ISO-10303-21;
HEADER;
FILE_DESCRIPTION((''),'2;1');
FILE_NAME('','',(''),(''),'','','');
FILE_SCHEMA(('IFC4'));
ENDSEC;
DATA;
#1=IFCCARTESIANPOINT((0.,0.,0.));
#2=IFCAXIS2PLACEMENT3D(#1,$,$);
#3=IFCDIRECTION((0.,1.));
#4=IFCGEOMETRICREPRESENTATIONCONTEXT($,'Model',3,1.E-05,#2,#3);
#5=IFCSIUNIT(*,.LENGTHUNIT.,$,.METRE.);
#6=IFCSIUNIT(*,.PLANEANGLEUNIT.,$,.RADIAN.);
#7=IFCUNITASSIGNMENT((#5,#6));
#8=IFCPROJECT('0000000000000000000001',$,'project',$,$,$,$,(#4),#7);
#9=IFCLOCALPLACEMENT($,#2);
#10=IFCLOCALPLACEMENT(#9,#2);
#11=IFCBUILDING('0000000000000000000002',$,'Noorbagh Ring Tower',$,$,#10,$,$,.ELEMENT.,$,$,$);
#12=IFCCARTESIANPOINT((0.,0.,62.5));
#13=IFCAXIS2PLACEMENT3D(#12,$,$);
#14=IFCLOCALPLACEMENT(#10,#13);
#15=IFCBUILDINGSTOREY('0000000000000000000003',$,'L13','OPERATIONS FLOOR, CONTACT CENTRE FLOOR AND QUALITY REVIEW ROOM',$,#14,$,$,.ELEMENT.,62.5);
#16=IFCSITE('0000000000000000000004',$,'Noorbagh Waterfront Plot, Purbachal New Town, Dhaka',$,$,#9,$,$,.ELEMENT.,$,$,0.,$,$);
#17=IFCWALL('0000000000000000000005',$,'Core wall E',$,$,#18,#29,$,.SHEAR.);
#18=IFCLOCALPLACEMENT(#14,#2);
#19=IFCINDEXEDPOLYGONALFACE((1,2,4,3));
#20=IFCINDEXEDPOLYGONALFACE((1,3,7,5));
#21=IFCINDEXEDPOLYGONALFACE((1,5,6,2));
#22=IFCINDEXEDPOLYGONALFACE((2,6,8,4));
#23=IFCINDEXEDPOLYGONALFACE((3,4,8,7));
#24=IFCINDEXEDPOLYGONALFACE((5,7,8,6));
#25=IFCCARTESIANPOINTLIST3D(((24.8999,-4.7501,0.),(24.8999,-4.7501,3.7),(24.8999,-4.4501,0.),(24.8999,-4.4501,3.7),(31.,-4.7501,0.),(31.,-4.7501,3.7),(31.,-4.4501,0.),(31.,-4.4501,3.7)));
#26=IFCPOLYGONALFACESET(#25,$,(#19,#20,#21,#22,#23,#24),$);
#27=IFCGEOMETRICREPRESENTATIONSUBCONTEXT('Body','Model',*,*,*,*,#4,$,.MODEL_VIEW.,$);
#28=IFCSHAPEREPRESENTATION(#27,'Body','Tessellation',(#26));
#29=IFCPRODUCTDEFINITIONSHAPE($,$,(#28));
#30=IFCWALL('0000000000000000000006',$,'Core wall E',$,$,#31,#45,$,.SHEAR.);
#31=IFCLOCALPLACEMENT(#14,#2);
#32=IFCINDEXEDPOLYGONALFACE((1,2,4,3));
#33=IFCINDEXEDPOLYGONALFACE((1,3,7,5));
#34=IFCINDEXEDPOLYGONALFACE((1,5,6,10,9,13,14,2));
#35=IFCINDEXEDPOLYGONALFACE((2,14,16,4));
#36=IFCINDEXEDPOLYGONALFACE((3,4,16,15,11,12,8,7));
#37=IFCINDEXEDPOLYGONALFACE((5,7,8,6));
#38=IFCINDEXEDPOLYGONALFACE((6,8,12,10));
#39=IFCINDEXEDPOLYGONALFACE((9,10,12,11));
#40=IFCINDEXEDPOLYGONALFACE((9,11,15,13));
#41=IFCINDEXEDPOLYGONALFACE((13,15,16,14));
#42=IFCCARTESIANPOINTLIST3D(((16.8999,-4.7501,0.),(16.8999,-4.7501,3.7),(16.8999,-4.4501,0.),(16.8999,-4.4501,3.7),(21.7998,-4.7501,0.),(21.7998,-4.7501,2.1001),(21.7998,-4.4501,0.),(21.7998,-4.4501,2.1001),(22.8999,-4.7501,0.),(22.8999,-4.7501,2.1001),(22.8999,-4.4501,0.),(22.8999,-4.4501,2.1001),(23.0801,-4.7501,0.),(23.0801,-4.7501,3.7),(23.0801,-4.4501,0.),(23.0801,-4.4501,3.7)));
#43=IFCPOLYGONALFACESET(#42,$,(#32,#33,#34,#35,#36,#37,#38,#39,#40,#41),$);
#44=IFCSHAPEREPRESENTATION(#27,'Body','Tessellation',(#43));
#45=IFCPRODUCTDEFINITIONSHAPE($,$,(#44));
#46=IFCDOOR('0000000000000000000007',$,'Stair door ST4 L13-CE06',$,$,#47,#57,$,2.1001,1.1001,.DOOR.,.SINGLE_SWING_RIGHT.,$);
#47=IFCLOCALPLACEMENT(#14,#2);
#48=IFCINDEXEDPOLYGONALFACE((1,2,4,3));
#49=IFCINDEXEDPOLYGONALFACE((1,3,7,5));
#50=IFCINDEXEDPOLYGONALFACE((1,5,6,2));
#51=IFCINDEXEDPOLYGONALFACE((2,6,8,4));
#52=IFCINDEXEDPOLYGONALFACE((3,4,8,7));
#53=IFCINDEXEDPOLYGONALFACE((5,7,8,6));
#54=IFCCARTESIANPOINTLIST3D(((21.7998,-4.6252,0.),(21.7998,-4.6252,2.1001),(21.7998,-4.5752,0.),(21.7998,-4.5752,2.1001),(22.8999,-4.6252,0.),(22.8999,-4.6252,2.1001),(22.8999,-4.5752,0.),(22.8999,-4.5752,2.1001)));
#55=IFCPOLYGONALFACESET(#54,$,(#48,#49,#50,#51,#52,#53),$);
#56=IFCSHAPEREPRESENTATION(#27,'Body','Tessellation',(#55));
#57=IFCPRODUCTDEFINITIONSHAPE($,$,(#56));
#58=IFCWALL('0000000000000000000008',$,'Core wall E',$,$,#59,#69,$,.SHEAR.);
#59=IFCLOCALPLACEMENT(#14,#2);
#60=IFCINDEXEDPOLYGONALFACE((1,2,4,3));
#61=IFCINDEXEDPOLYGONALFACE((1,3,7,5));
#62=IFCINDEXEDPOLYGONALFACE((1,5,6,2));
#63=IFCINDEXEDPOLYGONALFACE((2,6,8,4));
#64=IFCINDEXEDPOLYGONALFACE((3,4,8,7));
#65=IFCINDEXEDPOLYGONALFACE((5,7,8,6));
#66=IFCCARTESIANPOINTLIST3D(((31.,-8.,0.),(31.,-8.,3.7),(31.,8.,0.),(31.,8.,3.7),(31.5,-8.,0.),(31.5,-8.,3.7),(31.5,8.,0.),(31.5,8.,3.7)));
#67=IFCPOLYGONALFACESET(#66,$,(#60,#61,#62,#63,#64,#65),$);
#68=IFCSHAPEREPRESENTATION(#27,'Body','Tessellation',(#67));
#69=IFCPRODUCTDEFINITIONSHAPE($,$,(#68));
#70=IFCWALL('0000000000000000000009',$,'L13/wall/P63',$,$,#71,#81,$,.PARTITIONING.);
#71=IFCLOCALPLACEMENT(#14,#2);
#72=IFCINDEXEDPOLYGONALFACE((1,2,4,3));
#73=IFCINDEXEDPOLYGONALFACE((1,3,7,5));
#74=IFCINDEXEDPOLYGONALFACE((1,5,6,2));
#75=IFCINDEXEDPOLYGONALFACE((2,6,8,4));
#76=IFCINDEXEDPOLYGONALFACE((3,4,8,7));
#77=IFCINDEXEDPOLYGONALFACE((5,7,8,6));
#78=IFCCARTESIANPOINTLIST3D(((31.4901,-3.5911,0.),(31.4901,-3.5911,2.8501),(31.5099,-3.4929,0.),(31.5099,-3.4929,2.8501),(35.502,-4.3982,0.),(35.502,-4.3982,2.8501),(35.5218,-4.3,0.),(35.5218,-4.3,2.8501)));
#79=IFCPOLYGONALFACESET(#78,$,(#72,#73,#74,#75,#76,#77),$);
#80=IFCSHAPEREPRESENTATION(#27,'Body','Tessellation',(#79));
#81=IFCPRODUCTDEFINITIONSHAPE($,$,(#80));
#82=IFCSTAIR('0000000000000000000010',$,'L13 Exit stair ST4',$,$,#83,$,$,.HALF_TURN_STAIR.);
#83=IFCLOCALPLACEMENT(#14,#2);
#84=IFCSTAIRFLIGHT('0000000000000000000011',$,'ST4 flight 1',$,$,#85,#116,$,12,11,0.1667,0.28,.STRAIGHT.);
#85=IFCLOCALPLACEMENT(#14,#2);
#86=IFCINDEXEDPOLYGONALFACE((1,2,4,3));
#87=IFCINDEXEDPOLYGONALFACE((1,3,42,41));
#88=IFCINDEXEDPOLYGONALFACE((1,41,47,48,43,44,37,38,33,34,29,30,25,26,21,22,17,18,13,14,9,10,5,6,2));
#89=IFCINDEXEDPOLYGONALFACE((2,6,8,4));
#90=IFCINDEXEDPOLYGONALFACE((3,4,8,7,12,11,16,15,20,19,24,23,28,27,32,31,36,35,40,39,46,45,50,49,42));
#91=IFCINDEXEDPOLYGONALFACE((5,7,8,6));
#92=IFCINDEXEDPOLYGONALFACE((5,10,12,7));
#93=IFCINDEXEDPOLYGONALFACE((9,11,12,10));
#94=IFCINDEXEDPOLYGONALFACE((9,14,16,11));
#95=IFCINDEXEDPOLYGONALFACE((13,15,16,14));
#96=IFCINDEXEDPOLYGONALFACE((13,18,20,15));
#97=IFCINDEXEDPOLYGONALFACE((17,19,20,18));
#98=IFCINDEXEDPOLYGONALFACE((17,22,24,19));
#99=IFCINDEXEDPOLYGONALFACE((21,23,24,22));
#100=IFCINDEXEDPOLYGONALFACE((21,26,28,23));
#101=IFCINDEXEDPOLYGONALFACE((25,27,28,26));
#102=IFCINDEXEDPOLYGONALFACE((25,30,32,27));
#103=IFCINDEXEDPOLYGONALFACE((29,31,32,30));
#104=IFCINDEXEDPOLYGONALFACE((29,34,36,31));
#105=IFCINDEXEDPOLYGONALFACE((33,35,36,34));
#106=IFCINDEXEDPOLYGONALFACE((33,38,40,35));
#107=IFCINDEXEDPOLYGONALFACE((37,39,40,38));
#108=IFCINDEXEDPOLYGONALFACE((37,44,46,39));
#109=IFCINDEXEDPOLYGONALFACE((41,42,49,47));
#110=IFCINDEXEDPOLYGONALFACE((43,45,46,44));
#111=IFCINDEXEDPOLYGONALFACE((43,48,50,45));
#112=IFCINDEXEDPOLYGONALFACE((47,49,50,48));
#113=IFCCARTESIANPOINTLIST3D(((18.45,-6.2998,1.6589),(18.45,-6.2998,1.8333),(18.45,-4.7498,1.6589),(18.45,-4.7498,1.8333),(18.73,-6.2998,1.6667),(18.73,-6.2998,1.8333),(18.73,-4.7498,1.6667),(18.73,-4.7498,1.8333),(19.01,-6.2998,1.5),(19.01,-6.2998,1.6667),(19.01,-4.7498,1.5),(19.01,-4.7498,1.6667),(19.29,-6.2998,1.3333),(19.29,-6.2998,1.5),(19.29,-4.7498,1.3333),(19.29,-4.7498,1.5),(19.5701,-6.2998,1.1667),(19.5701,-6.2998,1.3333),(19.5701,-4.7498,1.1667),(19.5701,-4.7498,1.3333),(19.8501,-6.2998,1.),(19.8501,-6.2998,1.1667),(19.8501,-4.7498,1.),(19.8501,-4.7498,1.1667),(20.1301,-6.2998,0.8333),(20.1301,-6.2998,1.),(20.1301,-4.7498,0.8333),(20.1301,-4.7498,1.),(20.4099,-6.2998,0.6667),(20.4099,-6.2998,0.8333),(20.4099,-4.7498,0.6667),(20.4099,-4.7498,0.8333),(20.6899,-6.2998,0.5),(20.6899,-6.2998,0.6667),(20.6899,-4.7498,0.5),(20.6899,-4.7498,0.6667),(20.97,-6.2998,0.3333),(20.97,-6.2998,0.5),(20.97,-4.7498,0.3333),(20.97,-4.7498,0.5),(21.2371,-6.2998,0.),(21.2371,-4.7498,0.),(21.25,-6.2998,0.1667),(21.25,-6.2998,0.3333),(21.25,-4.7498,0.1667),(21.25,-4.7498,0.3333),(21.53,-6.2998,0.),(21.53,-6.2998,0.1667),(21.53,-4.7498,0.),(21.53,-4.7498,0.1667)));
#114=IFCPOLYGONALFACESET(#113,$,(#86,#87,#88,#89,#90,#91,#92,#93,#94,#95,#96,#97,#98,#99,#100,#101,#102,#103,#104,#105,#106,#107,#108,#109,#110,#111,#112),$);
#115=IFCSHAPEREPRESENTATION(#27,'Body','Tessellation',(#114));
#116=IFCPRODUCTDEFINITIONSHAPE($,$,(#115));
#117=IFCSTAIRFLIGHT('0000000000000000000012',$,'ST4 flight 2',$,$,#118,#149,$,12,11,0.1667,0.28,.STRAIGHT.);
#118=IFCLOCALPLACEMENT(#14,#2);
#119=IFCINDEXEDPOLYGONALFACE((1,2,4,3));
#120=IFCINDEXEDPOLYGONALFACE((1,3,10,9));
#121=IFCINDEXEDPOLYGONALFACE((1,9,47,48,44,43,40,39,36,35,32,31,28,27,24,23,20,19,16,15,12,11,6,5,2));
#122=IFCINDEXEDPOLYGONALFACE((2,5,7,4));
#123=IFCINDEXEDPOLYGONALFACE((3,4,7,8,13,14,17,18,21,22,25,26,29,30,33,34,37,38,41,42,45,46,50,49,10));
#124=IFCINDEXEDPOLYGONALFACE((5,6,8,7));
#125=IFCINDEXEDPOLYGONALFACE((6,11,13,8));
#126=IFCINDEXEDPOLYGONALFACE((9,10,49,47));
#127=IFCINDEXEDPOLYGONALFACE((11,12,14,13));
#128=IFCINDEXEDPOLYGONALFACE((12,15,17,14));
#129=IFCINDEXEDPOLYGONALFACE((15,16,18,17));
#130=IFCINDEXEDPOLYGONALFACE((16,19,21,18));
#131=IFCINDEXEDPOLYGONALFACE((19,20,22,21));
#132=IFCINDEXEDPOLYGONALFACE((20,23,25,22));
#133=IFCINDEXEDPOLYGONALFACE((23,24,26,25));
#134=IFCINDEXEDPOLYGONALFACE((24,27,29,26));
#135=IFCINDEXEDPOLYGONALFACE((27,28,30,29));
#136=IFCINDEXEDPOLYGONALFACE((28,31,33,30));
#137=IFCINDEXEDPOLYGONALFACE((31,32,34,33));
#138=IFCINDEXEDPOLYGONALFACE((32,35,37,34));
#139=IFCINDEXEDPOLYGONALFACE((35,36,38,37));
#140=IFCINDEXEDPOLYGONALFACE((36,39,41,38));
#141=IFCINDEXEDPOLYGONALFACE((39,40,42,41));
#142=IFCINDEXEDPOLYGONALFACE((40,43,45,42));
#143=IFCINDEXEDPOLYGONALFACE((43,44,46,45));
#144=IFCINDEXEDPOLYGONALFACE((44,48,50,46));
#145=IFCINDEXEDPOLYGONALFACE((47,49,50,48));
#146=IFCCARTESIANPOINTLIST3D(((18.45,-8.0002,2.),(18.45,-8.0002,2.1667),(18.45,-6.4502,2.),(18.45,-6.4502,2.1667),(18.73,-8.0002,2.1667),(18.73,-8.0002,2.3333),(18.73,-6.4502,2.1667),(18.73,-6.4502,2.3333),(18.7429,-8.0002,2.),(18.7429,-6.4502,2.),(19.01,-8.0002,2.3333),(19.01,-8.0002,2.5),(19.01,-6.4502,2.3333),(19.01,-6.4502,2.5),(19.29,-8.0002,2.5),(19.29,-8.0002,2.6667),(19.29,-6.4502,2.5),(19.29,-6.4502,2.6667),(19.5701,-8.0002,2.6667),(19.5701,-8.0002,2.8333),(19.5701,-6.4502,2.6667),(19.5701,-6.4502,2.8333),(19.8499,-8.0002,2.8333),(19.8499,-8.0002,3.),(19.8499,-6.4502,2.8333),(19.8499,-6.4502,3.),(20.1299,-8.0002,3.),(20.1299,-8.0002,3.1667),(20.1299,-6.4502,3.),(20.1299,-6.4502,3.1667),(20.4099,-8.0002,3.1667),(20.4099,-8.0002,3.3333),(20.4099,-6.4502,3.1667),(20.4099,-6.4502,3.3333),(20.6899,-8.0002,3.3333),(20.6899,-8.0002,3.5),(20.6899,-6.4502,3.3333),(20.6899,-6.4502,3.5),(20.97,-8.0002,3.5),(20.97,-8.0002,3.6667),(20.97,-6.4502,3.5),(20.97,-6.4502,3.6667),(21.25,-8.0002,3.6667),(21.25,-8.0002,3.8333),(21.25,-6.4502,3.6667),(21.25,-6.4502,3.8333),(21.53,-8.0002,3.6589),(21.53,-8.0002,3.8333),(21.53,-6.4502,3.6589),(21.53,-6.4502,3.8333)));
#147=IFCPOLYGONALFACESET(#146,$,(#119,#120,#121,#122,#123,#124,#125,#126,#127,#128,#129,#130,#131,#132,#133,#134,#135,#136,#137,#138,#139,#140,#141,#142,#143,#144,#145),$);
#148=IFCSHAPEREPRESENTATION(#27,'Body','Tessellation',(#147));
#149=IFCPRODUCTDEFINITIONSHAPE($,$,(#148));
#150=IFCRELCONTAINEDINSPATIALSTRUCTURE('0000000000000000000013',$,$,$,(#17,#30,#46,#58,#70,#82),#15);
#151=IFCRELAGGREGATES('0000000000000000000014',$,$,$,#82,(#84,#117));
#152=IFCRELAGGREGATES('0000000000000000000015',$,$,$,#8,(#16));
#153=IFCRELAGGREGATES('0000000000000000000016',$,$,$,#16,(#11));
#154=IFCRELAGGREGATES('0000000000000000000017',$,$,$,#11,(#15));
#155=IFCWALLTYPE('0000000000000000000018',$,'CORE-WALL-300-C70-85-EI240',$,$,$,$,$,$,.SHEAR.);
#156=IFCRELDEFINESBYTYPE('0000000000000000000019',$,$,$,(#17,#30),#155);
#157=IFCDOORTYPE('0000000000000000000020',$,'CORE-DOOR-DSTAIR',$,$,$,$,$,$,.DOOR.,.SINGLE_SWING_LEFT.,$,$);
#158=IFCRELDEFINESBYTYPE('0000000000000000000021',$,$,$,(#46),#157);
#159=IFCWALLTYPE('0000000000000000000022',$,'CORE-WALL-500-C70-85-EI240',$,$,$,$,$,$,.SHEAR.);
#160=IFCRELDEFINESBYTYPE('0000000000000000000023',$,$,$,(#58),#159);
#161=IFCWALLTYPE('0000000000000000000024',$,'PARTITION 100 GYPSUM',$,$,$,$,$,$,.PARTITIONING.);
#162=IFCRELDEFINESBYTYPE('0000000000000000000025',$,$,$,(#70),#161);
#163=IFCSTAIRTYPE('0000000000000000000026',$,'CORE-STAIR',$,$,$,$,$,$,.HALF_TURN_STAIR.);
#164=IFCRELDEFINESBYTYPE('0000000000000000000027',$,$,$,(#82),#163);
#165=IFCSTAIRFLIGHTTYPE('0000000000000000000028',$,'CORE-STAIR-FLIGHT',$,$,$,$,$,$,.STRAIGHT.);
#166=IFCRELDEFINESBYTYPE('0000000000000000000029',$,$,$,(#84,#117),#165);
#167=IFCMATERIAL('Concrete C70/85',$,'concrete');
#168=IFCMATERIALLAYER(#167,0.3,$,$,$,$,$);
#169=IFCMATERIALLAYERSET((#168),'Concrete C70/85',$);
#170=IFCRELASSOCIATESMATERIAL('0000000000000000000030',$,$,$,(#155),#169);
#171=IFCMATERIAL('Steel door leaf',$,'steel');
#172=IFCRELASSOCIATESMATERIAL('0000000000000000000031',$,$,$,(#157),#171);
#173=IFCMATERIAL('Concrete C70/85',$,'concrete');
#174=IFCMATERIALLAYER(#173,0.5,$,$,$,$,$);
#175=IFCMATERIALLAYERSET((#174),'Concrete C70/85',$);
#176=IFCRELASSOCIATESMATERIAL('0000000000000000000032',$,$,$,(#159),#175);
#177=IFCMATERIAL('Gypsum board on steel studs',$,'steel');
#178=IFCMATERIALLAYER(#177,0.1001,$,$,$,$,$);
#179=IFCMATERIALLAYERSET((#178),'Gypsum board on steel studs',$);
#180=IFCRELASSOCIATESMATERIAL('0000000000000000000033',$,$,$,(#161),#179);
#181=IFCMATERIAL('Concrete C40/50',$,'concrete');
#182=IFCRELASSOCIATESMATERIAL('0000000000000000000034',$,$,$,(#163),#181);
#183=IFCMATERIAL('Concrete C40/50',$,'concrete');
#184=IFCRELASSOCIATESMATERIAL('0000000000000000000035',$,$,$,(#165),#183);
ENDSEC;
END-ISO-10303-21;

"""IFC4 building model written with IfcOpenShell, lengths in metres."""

from ifc_helpers import new_model, si_unit, direction, frame, frame_2d, origin, place, context, subcontext, project, spatial, polyline, rectangle, outline, extrude, material, layer, layer_set, type_object, element, fill, aggregate, save


model = new_model("IFC4")

# Units and contexts
model_context = context("Model", 3, precision=1e-05, world=origin(), true_north=direction((0.0, 1.0)))
body_context = subcontext(model_context, "Body", "Model", "MODEL_VIEW")
ifc_project = project(units=[si_unit("LENGTHUNIT", "METRE"), si_unit("PLANEANGLEUNIT", "RADIAN")], contexts=[model_context])

# Site, building, storey
site_placement = place(None, origin())
site = spatial("IfcSite", under=ifc_project, at=site_placement, Name="Noorbagh Waterfront Plot, Purbachal New Town, Dhaka", CompositionType="ELEMENT", RefElevation=0.0)
building_placement = place(site_placement, origin())
building = spatial("IfcBuilding", under=site, at=building_placement, Name="Noorbagh Ring Tower", CompositionType="ELEMENT")
storey_placement = place(building_placement, frame((0.0, 0.0, 62.5)))
storey = spatial("IfcBuildingStorey", under=building, at=storey_placement, Name="L13", Description="OPERATIONS FLOOR, CONTACT CENTRE FLOOR AND QUALITY REVIEW ROOM", CompositionType="ELEMENT", Elevation=62.5)

# Wall
ifc_material_1 = material(Name="Concrete C70/85", Category="concrete")
ifc_layer_1 = layer(ifc_material_1, 0.3)
ifc_layer_set_1 = layer_set([ifc_layer_1], Name="Concrete C70/85")
wall_type_1 = type_object("IfcWallType", Name="CORE-WALL-300-C70-85-EI240", PredefinedType="SHEAR", material=ifc_layer_set_1)
wall_1_placement = place(storey_placement, frame((24.8999, -4.6001, 0.0), z_axis=(0.0, 0.0, 1.0), x_axis=(1.0, 0.0, 0.0)))
element("IfcWall", 1, at=wall_1_placement, inside=storey, type_object=wall_type_1, Name="Core wall E", PredefinedType="SHEAR", context=body_context, shape_type="SweptSolid", body=[
    extrude(rectangle(XDim=6.1001, YDim=0.3, at=frame_2d((3.05, 0.0))), origin(), (0.0, 0.0, 1.0), 3.7),
])

# Wall, opening, door
wall_2_placement = place(storey_placement, frame((16.8999, -4.6001, 0.0), z_axis=(0.0, 0.0, 1.0), x_axis=(1.0, 0.0, 0.0)))
wall_2 = element("IfcWall", 2, at=wall_2_placement, inside=storey, type_object=wall_type_1, Name="Core wall E", PredefinedType="SHEAR", context=body_context, shape_type="SweptSolid", body=[
    extrude(rectangle(XDim=6.1802, YDim=0.3, at=frame_2d((3.0901, 0.0))), origin(), (0.0, 0.0, 1.0), 3.7),
])
opening_1_placement = place(wall_2_placement, frame((4.8999, 0.0, 0.0)))
opening_1 = element("IfcOpeningElement", 3, at=opening_1_placement, cuts=wall_2, PredefinedType="OPENING", context=body_context, shape_type="SweptSolid", body=[
    extrude(rectangle(XDim=1.1001, YDim=2.1001, at=frame_2d((0.55, 1.05))), frame((0.0, 0.1602, 0.0), z_axis=(0.0, -1.0, 0.0), x_axis=(1.0, 0.0, 0.0)), (0.0, 0.0, 1.0), 0.3201),
])
ifc_material_2 = material(Name="Steel door leaf", Category="steel")
door_type_1 = type_object("IfcDoorType", Name="CORE-DOOR-DSTAIR", OperationType="SINGLE_SWING_LEFT", PredefinedType="DOOR", material=ifc_material_2)
door_1_placement = place(opening_1_placement, origin())
door_1 = element("IfcDoor", 4, at=door_1_placement, inside=storey, type_object=door_type_1, Name="Stair door ST4 L13-CE06", OperationType="SINGLE_SWING_RIGHT", OverallHeight=2.1001, OverallWidth=1.1001, PredefinedType="DOOR", context=body_context, shape_type="SweptSolid", body=[
    extrude(rectangle(XDim=1.1001, YDim=2.1001, at=frame_2d((0.55, 1.05))), frame((0.0, 0.0249, 0.0), z_axis=(0.0, -1.0, 0.0), x_axis=(1.0, 0.0, 0.0)), (0.0, 0.0, 1.0), 0.05),
])
fill(opening_1, door_1)

# Walls
ifc_material_3 = material(Name="Concrete C70/85", Category="concrete")
ifc_layer_2 = layer(ifc_material_3, 0.5)
ifc_layer_set_2 = layer_set([ifc_layer_2], Name="Concrete C70/85")
wall_type_2 = type_object("IfcWallType", Name="CORE-WALL-500-C70-85-EI240", PredefinedType="SHEAR", material=ifc_layer_set_2)
wall_3_placement = place(storey_placement, frame((31.25, -8.0, 0.0), z_axis=(0.0, 0.0, 1.0), x_axis=(0.0, 1.0, 0.0)))
element("IfcWall", 5, at=wall_3_placement, inside=storey, type_object=wall_type_2, Name="Core wall E", PredefinedType="SHEAR", context=body_context, shape_type="SweptSolid", body=[
    extrude(rectangle(XDim=16.0, YDim=0.5, at=frame_2d((8.0, 0.0))), origin(), (0.0, 0.0, 1.0), 3.7),
])
ifc_material_4 = material(Name="Gypsum board on steel studs", Category="steel")
ifc_layer_3 = layer(ifc_material_4, 0.1001)
ifc_layer_set_3 = layer_set([ifc_layer_3], Name="Gypsum board on steel studs")
wall_type_3 = type_object("IfcWallType", Name="PARTITION 100 GYPSUM", PredefinedType="PARTITIONING", material=ifc_layer_set_3)
wall_4_placement = place(storey_placement, frame((31.5, -3.542, 0.0), z_axis=(0.0, 0.0, 1.0), x_axis=(0.980357, -0.197229, 0.0)))
element("IfcWall", 6, at=wall_4_placement, inside=storey, type_object=wall_type_3, Name="L13/wall/P63", PredefinedType="PARTITIONING", context=body_context, shape_type="SweptSolid", body=[
    extrude(rectangle(XDim=4.0923, YDim=0.1001, at=frame_2d((2.0461, 0.0))), origin(), (0.0, 0.0, 1.0), 2.8501),
])

# Stair, stair flights
ifc_material_5 = material(Name="Concrete C40/50", Category="concrete")
stair_type = type_object("IfcStairType", Name="CORE-STAIR", PredefinedType="HALF_TURN_STAIR", material=ifc_material_5)
stair_placement = place(storey_placement, origin())
stair = element("IfcStair", 7, at=stair_placement, inside=storey, type_object=stair_type, Name="L13 Exit stair ST4", PredefinedType="HALF_TURN_STAIR")
ifc_material_6 = material(Name="Concrete C40/50", Category="concrete")
stair_flight_type = type_object("IfcStairFlightType", Name="CORE-STAIR-FLIGHT", PredefinedType="STRAIGHT", material=ifc_material_6)
stair_flight_1_placement = place(storey_placement, frame((21.53, -5.5249, 0.0), z_axis=(0.0, 0.0, 1.0), x_axis=(-1.0, 0.0, 0.0)))
stair_flight_1 = element("IfcStairFlight", 8, at=stair_flight_1_placement, type_object=stair_flight_type, Name="ST4 flight 1", NumberOfRisers=12, NumberOfTreads=11, PredefinedType="STRAIGHT", RiserHeight=0.1667, TreadLength=0.28, context=body_context, shape_type="SweptSolid", body=[
    extrude(outline(polyline([(0.0, 0.0), (0.0, 0.1667), (0.28, 0.1667), (0.28, 0.3333), (0.5601, 0.3333), (0.5601, 0.5), (0.8401, 0.5), (0.8401, 0.6667), (1.1201, 0.6667), (1.1201, 0.8333), (1.3999, 0.8333), (1.3999, 1.0), (1.6799, 1.0), (1.6799, 1.1667), (1.96, 1.1667), (1.96, 1.3333), (2.24, 1.3333), (2.24, 1.5), (2.52, 1.5), (2.52, 1.6667), (2.8, 1.6667), (2.8, 1.8333), (3.0801, 1.8333), (3.0801, 2.0), (3.0801, 1.6589), (0.293, 0.0), (0.0, 0.0)])), frame((0.0, 0.7749, 0.0), z_axis=(0.0, -1.0, 0.0), x_axis=(1.0, 0.0, 0.0)), (0.0, 0.0, 1.0), 1.55),
])
stair_flight_2_placement = place(storey_placement, frame((18.45, -7.2251, 2.0), z_axis=(0.0, 0.0, 1.0), x_axis=(1.0, 0.0, 0.0)))
stair_flight_2 = element("IfcStairFlight", 9, at=stair_flight_2_placement, type_object=stair_flight_type, Name="ST4 flight 2", NumberOfRisers=12, NumberOfTreads=11, PredefinedType="STRAIGHT", RiserHeight=0.1667, TreadLength=0.28, context=body_context, shape_type="SweptSolid", body=[
    extrude(outline(polyline([(0.0, 0.0), (0.0, 0.1667), (0.28, 0.1667), (0.28, 0.3333), (0.5601, 0.3333), (0.5601, 0.5), (0.8401, 0.5), (0.8401, 0.6667), (1.1201, 0.6667), (1.1201, 0.8333), (1.3999, 0.8333), (1.3999, 1.0), (1.6799, 1.0), (1.6799, 1.1667), (1.96, 1.1667), (1.96, 1.3333), (2.24, 1.3333), (2.24, 1.5), (2.52, 1.5), (2.52, 1.6667), (2.8, 1.6667), (2.8, 1.8333), (3.0801, 1.8333), (3.0801, 2.0), (3.0801, 1.6589), (0.293, 0.0), (0.0, 0.0)])), frame((0.0, 0.7749, 0.0), z_axis=(0.0, -1.0, 0.0), x_axis=(1.0, 0.0, 0.0)), (0.0, 0.0, 1.0), 1.55),
])
aggregate(stair, [stair_flight_1, stair_flight_2])

save(model, "model.ifc")
